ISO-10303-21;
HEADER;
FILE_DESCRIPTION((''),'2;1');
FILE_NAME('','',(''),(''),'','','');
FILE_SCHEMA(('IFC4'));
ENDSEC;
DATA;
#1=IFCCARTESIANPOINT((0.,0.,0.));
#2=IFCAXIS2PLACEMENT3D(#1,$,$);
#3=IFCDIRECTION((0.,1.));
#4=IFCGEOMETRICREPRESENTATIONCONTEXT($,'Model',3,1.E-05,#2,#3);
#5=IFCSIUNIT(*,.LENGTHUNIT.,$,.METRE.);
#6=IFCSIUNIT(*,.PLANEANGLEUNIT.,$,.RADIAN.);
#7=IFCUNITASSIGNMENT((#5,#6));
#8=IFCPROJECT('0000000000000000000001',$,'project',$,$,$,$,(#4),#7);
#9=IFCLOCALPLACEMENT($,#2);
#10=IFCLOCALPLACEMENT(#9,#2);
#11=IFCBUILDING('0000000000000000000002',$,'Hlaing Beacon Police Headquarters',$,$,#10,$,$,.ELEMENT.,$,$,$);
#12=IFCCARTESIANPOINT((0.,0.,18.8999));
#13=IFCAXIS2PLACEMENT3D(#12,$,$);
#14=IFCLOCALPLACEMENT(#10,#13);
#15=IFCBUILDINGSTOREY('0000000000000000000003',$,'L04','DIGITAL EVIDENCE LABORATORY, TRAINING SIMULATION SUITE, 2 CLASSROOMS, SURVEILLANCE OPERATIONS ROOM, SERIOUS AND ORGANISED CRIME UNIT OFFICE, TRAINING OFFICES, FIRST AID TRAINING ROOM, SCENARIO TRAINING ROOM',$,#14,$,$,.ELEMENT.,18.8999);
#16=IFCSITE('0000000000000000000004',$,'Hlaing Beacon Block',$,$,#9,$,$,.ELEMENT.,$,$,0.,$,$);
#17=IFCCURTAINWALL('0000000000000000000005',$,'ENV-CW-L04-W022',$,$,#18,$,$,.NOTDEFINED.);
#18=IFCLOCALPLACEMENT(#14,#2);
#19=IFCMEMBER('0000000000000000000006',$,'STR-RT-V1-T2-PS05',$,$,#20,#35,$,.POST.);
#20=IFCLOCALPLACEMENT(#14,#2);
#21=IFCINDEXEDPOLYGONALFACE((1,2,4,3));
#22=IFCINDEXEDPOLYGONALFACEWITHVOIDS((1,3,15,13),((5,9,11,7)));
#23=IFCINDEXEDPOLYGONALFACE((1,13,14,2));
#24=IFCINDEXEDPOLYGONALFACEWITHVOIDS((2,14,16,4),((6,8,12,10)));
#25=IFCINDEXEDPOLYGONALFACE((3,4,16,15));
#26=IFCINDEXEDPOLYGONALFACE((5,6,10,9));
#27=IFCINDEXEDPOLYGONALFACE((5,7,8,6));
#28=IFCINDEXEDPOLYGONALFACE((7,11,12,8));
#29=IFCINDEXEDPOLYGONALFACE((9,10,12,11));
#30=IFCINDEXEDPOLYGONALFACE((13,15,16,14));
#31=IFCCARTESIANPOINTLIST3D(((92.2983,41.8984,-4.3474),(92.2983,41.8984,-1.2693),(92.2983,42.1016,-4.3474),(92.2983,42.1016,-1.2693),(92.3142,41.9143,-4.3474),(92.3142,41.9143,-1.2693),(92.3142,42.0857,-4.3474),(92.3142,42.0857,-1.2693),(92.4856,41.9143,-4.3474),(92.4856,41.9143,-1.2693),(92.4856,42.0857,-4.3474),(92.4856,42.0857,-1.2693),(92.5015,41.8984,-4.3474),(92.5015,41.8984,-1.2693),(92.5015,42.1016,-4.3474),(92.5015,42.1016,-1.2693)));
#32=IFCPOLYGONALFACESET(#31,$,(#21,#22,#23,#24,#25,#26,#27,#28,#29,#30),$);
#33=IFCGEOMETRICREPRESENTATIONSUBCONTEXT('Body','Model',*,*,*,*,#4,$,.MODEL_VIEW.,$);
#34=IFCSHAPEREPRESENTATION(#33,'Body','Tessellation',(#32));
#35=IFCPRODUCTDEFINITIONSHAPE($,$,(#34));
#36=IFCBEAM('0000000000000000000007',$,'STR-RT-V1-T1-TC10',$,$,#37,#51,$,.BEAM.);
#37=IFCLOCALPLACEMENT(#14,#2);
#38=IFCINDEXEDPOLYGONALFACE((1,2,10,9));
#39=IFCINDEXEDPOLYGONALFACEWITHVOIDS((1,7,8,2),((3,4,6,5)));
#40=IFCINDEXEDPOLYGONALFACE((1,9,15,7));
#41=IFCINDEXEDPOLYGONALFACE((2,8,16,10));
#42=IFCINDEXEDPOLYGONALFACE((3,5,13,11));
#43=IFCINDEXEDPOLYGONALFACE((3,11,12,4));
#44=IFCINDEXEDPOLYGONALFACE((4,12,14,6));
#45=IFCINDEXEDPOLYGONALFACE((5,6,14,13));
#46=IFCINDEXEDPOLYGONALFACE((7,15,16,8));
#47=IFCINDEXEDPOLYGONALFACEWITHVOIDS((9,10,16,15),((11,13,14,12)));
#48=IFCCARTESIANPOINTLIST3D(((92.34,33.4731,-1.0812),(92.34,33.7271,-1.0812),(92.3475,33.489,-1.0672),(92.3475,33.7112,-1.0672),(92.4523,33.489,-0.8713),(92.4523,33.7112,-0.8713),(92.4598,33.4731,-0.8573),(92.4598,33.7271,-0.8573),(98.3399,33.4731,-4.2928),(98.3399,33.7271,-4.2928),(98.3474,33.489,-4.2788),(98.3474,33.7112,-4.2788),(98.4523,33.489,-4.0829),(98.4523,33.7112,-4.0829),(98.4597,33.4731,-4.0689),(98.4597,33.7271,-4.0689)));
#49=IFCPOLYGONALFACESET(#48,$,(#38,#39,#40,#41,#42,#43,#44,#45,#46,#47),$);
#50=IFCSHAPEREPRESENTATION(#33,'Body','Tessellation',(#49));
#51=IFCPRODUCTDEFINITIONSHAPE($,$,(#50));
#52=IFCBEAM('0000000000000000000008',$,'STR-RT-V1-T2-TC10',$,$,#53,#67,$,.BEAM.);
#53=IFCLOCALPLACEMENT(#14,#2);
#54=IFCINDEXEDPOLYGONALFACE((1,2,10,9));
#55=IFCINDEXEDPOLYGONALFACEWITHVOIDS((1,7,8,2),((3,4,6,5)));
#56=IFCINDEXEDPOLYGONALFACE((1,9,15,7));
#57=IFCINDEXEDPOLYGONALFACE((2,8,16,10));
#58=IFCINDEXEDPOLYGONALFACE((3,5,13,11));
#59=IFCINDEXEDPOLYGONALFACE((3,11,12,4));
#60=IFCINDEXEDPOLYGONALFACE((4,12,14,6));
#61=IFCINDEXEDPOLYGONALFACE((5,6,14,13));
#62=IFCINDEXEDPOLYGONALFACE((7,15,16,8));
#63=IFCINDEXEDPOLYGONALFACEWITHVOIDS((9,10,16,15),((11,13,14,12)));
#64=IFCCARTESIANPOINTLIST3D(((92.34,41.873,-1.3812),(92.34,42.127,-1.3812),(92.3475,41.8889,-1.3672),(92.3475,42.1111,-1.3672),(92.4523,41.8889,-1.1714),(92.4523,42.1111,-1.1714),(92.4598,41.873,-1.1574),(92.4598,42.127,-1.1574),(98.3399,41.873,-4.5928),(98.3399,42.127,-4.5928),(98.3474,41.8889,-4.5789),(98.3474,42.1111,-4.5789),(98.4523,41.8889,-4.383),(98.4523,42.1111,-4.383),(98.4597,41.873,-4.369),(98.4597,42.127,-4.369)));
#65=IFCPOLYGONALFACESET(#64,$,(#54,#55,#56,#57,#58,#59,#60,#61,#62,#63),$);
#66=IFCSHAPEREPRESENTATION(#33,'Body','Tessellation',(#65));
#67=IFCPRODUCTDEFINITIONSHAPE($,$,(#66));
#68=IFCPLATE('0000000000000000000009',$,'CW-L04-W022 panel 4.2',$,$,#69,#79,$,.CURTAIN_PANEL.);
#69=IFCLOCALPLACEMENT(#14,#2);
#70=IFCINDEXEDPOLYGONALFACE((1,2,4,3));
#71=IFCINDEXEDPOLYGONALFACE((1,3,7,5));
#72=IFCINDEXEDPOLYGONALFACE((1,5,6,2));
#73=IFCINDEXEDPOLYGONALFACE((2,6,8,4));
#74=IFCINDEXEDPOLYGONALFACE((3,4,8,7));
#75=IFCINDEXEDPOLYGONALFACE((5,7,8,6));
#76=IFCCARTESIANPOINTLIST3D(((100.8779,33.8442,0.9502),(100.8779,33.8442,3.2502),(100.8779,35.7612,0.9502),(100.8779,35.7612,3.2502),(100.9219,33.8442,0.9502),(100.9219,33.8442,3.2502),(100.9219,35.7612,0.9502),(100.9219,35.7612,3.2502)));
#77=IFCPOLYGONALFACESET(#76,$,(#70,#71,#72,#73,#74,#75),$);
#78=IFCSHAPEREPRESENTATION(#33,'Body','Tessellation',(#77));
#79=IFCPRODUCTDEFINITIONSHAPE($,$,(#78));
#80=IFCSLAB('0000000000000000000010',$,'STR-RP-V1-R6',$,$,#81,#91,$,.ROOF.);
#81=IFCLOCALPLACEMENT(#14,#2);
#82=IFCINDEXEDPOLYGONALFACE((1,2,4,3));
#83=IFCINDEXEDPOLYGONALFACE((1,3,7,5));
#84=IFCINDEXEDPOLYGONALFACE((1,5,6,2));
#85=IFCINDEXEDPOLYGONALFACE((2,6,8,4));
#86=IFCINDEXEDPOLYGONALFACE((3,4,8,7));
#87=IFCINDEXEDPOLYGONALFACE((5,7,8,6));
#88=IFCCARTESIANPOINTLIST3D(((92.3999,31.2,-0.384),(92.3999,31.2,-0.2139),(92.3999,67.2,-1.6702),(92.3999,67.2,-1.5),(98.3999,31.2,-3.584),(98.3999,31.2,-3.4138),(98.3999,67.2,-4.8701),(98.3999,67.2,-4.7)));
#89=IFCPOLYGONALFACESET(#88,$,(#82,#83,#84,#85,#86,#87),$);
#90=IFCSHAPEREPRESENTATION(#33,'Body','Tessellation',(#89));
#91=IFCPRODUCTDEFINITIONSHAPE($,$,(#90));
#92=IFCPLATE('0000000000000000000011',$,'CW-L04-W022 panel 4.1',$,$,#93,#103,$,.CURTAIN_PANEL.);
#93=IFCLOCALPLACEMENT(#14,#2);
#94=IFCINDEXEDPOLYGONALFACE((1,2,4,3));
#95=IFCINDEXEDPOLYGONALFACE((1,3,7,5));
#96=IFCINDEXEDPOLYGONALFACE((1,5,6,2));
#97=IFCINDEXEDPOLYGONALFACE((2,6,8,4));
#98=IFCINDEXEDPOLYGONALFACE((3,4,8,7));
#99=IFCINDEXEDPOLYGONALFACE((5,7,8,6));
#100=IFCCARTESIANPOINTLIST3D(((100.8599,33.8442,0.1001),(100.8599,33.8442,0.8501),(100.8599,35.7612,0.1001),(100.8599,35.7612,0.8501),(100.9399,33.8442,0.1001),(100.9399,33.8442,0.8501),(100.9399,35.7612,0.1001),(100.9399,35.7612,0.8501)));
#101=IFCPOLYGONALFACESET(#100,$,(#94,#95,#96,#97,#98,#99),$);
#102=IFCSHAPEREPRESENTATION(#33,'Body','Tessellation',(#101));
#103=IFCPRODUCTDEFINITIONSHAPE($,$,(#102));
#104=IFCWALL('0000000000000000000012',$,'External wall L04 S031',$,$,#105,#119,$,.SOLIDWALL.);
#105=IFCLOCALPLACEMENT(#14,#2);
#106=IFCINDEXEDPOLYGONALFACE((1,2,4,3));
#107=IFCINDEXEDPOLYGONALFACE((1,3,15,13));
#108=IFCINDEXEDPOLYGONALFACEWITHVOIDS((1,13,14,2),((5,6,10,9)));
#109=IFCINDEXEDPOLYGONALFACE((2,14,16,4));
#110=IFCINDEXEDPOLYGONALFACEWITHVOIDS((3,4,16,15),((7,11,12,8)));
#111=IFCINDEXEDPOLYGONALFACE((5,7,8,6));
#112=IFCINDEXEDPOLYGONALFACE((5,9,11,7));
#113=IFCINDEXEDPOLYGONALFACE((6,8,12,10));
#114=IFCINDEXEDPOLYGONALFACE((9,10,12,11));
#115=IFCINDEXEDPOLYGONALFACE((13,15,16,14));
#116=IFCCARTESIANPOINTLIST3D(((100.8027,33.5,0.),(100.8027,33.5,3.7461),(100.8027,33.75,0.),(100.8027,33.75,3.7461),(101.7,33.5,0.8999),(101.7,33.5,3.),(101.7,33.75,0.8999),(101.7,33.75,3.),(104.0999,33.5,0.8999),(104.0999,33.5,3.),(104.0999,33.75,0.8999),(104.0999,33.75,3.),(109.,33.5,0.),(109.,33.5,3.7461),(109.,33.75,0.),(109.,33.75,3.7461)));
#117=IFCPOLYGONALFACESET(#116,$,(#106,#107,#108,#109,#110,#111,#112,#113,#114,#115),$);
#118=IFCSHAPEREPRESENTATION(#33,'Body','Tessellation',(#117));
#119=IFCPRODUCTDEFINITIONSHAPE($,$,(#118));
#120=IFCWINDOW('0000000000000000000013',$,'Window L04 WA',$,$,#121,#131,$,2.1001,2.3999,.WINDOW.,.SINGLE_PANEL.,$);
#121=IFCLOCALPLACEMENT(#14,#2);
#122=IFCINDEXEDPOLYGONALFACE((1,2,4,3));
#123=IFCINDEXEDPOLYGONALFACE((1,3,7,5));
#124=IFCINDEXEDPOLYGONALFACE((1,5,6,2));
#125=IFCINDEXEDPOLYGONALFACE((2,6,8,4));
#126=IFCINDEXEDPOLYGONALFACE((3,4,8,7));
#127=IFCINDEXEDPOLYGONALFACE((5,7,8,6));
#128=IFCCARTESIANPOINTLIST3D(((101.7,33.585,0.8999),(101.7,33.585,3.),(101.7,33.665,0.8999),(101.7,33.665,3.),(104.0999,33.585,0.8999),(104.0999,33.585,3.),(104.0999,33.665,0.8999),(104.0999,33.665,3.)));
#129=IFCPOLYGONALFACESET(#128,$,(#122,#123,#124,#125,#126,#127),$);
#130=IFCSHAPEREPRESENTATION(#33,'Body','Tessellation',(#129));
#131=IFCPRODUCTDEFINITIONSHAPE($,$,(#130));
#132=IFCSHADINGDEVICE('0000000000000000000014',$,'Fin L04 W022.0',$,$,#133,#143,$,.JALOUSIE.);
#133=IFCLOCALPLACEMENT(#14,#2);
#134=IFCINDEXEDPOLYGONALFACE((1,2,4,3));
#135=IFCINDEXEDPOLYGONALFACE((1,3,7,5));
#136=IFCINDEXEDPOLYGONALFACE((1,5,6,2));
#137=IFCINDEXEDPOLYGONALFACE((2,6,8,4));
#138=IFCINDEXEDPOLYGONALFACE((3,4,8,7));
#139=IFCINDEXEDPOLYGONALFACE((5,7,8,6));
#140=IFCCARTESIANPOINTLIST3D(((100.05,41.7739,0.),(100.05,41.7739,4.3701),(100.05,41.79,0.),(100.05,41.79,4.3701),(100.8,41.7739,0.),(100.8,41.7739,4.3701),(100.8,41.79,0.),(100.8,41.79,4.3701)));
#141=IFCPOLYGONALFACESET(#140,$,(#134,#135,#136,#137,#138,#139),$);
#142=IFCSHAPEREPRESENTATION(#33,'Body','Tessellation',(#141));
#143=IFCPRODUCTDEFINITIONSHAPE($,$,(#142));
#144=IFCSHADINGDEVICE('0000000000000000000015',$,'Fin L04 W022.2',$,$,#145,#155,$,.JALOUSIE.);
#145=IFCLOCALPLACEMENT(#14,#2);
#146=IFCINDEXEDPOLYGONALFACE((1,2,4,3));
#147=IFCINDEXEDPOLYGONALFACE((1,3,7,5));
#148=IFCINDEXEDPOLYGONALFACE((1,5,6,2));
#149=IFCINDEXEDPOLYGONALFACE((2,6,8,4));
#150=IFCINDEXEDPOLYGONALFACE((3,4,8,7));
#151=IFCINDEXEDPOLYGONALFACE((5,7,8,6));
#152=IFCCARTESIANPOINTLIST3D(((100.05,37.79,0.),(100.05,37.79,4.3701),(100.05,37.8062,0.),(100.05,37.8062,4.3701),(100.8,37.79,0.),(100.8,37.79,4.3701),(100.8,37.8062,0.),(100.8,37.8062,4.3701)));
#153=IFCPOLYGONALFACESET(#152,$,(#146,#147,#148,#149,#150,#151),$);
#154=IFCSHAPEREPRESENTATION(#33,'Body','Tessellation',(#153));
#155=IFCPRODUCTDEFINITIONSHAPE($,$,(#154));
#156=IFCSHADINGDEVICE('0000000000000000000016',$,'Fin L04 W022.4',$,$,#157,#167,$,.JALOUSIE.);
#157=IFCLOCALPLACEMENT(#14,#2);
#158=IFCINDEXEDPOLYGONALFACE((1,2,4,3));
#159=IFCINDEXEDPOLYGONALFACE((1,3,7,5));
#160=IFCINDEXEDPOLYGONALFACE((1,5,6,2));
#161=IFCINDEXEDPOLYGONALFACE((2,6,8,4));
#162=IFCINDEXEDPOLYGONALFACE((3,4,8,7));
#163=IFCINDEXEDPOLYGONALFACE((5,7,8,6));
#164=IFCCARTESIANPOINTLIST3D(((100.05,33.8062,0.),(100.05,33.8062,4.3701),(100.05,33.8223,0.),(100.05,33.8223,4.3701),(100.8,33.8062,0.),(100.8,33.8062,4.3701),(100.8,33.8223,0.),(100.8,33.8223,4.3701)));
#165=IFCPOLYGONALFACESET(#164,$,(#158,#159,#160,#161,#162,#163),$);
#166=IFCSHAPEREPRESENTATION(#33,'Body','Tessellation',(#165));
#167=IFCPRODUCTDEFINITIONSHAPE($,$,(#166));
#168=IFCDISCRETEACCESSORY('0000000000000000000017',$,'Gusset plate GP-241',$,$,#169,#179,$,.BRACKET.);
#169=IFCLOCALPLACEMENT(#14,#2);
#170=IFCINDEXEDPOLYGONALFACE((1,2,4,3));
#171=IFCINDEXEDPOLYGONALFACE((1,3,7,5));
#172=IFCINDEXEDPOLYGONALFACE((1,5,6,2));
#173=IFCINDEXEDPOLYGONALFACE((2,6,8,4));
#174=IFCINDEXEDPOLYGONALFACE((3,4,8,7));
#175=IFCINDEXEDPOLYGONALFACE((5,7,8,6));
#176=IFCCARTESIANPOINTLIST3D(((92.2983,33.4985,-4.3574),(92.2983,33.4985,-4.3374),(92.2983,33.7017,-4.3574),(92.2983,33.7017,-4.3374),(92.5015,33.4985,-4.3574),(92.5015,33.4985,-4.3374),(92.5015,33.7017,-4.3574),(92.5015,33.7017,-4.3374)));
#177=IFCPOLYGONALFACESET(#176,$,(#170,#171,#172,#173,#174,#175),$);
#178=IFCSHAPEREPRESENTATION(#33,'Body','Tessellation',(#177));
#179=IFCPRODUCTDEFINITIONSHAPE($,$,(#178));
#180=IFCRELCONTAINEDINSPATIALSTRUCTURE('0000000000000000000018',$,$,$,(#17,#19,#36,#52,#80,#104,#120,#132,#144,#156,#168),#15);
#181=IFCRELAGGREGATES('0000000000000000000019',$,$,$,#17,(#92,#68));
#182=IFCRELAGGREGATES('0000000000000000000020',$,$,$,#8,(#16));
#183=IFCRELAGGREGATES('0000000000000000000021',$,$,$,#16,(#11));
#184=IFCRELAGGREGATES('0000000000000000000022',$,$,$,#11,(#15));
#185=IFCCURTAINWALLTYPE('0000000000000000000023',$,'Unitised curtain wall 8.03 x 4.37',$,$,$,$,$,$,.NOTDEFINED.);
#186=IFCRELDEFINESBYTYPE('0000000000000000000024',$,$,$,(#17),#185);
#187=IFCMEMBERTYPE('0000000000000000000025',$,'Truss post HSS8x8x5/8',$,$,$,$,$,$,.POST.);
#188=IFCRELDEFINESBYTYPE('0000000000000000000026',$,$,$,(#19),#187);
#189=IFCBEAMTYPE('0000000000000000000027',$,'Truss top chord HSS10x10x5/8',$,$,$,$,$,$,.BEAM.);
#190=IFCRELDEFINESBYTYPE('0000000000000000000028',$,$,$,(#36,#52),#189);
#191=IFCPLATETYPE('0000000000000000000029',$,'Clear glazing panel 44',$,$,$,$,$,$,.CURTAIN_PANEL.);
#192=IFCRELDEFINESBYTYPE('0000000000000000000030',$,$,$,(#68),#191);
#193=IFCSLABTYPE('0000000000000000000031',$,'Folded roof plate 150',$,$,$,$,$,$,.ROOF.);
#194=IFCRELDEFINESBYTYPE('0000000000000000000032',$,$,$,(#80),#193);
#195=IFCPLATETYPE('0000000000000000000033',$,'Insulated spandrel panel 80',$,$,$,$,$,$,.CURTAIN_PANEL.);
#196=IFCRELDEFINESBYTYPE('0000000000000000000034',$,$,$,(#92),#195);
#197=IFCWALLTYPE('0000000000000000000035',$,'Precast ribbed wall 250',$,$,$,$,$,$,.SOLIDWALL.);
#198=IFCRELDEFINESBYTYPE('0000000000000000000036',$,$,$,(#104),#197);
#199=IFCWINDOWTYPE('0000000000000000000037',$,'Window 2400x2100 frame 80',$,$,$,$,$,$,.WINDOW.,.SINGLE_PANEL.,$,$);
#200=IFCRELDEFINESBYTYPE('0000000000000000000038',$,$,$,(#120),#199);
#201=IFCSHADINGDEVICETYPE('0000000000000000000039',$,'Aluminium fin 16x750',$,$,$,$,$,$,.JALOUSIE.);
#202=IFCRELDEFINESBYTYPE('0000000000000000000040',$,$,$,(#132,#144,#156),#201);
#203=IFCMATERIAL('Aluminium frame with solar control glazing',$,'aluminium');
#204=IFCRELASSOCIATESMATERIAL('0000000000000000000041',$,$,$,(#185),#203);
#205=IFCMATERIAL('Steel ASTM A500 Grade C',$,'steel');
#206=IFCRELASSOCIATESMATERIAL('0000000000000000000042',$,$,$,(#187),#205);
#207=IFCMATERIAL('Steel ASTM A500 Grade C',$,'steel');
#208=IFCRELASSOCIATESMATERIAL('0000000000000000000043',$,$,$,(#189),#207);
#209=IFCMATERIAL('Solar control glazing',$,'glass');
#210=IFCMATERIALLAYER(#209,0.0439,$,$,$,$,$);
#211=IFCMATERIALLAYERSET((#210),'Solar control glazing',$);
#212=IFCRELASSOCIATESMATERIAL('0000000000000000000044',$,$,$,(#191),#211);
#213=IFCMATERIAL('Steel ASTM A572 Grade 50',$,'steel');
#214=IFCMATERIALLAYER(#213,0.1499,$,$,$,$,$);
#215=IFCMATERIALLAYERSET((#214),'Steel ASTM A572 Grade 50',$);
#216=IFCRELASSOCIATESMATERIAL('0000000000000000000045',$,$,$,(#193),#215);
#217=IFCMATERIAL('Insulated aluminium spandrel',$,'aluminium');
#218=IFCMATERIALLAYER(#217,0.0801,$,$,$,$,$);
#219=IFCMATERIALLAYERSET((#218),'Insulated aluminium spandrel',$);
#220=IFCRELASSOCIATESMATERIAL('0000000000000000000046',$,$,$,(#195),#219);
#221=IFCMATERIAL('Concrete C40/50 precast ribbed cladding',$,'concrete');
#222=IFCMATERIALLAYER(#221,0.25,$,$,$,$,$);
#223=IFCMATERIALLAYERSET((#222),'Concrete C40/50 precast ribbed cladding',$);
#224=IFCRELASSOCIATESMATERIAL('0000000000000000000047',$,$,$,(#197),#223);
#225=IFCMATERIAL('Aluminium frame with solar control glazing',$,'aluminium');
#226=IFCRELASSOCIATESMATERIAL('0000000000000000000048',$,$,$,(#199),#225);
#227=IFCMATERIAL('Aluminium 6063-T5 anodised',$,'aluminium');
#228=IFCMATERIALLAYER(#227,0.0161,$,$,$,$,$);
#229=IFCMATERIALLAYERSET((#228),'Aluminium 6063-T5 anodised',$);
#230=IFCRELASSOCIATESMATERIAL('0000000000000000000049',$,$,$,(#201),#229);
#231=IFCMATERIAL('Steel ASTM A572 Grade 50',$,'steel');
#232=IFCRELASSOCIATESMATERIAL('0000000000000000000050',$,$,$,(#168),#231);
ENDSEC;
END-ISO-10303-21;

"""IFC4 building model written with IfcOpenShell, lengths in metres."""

from ifc_helpers import new_model, si_unit, direction, frame, frame_2d, origin, origin_2d, place, context, subcontext, project, spatial, polyline, rectangle, hollow_rectangle, outline, extrude, material, layer, layer_set, material_profile, profile_set, type_object, element, fill, aggregate, save


model = new_model("IFC4")

# Units and contexts
model_context = context("Model", 3, precision=1e-05, world=origin(), true_north=direction((0.0, 1.0)))
body_context = subcontext(model_context, "Body", "Model", "MODEL_VIEW")
ifc_project = project(units=[si_unit("LENGTHUNIT", "METRE"), si_unit("PLANEANGLEUNIT", "RADIAN")], contexts=[model_context])

# Site, building, storey
site_placement = place(None, origin())
site = spatial("IfcSite", under=ifc_project, at=site_placement, Name="Hlaing Beacon Block", CompositionType="ELEMENT", RefElevation=0.0)
building_placement = place(site_placement, origin())
building = spatial("IfcBuilding", under=site, at=building_placement, Name="Hlaing Beacon Police Headquarters", CompositionType="ELEMENT")
storey_placement = place(building_placement, frame((0.0, 0.0, 18.8999)))
storey = spatial("IfcBuildingStorey", under=building, at=storey_placement, Name="L04", Description="DIGITAL EVIDENCE LABORATORY, TRAINING SIMULATION SUITE, 2 CLASSROOMS, SURVEILLANCE OPERATIONS ROOM, SERIOUS AND ORGANISED CRIME UNIT OFFICE, TRAINING OFFICES, FIRST AID TRAINING ROOM, SCENARIO TRAINING ROOM", CompositionType="ELEMENT", Elevation=18.8999)

# Curtain wall
ifc_material_1 = material(Name="Aluminium frame with solar control glazing", Category="aluminium")
curtain_wall_type = type_object("IfcCurtainWallType", Name="Unitised curtain wall 8.03 x 4.37", PredefinedType="NOTDEFINED", material=ifc_material_1)
curtain_wall_placement = place(storey_placement, origin())
curtain_wall = element("IfcCurtainWall", 1, at=curtain_wall_placement, inside=storey, type_object=curtain_wall_type, Name="ENV-CW-L04-W022", PredefinedType="NOTDEFINED")

# Member
ifc_material_2 = material(Name="Steel ASTM A500 Grade C", Category="steel")
ifc_material_profile_1 = material_profile(ifc_material_2, hollow_rectangle(XDim=0.2031, YDim=0.2031, WallThickness=0.0159, at=origin_2d()), Name="HSS8x8x5/8")
ifc_profile_set_1 = profile_set([ifc_material_profile_1], Name="Steel ASTM A500 Grade C")
member_type_1 = type_object("IfcMemberType", Name="Truss post HSS8x8x5/8", PredefinedType="POST", material=ifc_profile_set_1)
member_1_placement = place(storey_placement, frame((92.3999, 42.0, -4.3474), z_axis=(0.0, 0.0, 1.0), x_axis=(1.0, 0.0, 0.0)))
element("IfcMember", 2, at=member_1_placement, inside=storey, type_object=member_type_1, Name="STR-RT-V1-T2-PS05", PredefinedType="POST", context=body_context, shape_type="SweptSolid", body=[
    extrude(hollow_rectangle(XDim=0.2031, YDim=0.2031, WallThickness=0.0159, at=origin_2d()), origin(), (0.0, 0.0, 1.0), 3.0781),
])

# Beams
ifc_material_3 = material(Name="Steel ASTM A500 Grade C", Category="steel")
ifc_material_profile_2 = material_profile(ifc_material_3, hollow_rectangle(XDim=0.2539, YDim=0.2539, WallThickness=0.0159, at=origin_2d()), Name="HSS10x10x5/8")
ifc_profile_set_2 = profile_set([ifc_material_profile_2], Name="Steel ASTM A500 Grade C")
beam_type_1 = type_object("IfcBeamType", Name="Truss top chord HSS10x10x5/8", PredefinedType="BEAM", material=ifc_profile_set_2)
for number, where, z_axis, x_axis, name in (
    (3, (92.3999, 33.6001, -0.9692), (0.88164, 0.0, -0.471923), (0.0, 1.0, 0.0), "STR-RT-V1-T1-TC10"),
    (4, (92.3999, 42.0, -1.2693), (0.88164, 0.0, -0.471923), (0.0, 1.0, 0.0), "STR-RT-V1-T2-TC10"),
):
    element("IfcBeam", number, at=place(storey_placement, frame(where, z_axis=z_axis, x_axis=x_axis)), inside=storey, type_object=beam_type_1, Name=name, PredefinedType="BEAM", context=body_context, shape_type="SweptSolid", body=[
        extrude(hollow_rectangle(XDim=0.2539, YDim=0.2539, WallThickness=0.0159, at=origin_2d()), origin(), (0.0, 0.0, 1.0), 6.8054),
    ])

# Plate
ifc_material_4 = material(Name="Solar control glazing", Category="glass")
ifc_layer_1 = layer(ifc_material_4, 0.0439)
ifc_layer_set_1 = layer_set([ifc_layer_1], Name="Solar control glazing")
plate_type_1 = type_object("IfcPlateType", Name="Clear glazing panel 44", PredefinedType="CURTAIN_PANEL", material=ifc_layer_set_1)
plate_1_placement = place(storey_placement, frame((100.8999, 34.8027, 0.9502), z_axis=(0.0, 0.0, 1.0), x_axis=(0.0, -1.0, 0.0)))
plate_1 = element("IfcPlate", 5, at=plate_1_placement, type_object=plate_type_1, Name="CW-L04-W022 panel 4.2", PredefinedType="CURTAIN_PANEL", context=body_context, shape_type="SweptSolid", body=[
    extrude(rectangle(XDim=1.917, YDim=0.0439, at=origin_2d()), origin(), (0.0, 0.0, 1.0), 2.3),
])

# Slab
ifc_material_5 = material(Name="Steel ASTM A572 Grade 50", Category="steel")
ifc_layer_2 = layer(ifc_material_5, 0.1499)
ifc_layer_set_2 = layer_set([ifc_layer_2], Name="Steel ASTM A572 Grade 50")
slab_type = type_object("IfcSlabType", Name="Folded roof plate 150", PredefinedType="ROOF", material=ifc_layer_set_2)
slab_placement = place(storey_placement, frame((92.3999, 31.2, -0.2139), z_axis=(0.470349, 0.031507, 0.881918), x_axis=(0.882356, 0.0, -0.470583)))
element("IfcSlab", 6, at=slab_placement, inside=storey, type_object=slab_type, Name="STR-RP-V1-R6", PredefinedType="ROOF", context=body_context, shape_type="SweptSolid", body=[
    extrude(outline(polyline([(0.0, 0.0), (6.8, 0.0), (7.4052, 36.0179), (0.6052, 36.0179), (0.0, 0.0)])), origin(), (0.470583, 0.027801, -0.881918), 0.1702),
])

# Plate
ifc_material_6 = material(Name="Insulated aluminium spandrel", Category="aluminium")
ifc_layer_3 = layer(ifc_material_6, 0.0801)
ifc_layer_set_3 = layer_set([ifc_layer_3], Name="Insulated aluminium spandrel")
plate_type_2 = type_object("IfcPlateType", Name="Insulated spandrel panel 80", PredefinedType="CURTAIN_PANEL", material=ifc_layer_set_3)
plate_2_placement = place(storey_placement, frame((100.8999, 34.8027, 0.1001), z_axis=(0.0, 0.0, 1.0), x_axis=(0.0, -1.0, 0.0)))
plate_2 = element("IfcPlate", 7, at=plate_2_placement, type_object=plate_type_2, Name="CW-L04-W022 panel 4.1", PredefinedType="CURTAIN_PANEL", context=body_context, shape_type="SweptSolid", body=[
    extrude(rectangle(XDim=1.917, YDim=0.0801, at=origin_2d()), origin(), (0.0, 0.0, 1.0), 0.75),
])
aggregate(curtain_wall, [plate_2, plate_1])

# Wall, opening, window
ifc_material_7 = material(Name="Concrete C40/50 precast ribbed cladding", Category="concrete")
ifc_layer_4 = layer(ifc_material_7, 0.25)
ifc_layer_set_4 = layer_set([ifc_layer_4], Name="Concrete C40/50 precast ribbed cladding")
wall_type = type_object("IfcWallType", Name="Precast ribbed wall 250", PredefinedType="SOLIDWALL", material=ifc_layer_set_4)
wall_placement = place(storey_placement, frame((100.8027, 33.625, 0.0), z_axis=(0.0, 0.0, 1.0), x_axis=(1.0, 0.0, 0.0)))
wall = element("IfcWall", 8, at=wall_placement, inside=storey, type_object=wall_type, Name="External wall L04 S031", PredefinedType="SOLIDWALL", context=body_context, shape_type="SweptSolid", body=[
    extrude(rectangle(XDim=8.1973, YDim=0.25, at=frame_2d((4.0986, 0.0))), origin(), (0.0, 0.0, 1.0), 3.7461),
])
opening_placement = place(wall_placement, frame((0.8972, 0.0, 0.8999)))
opening = element("IfcOpeningElement", 9, at=opening_placement, cuts=wall, PredefinedType="OPENING", context=body_context, shape_type="SweptSolid", body=[
    extrude(rectangle(XDim=2.3999, YDim=2.1001, at=frame_2d((1.2, 1.05))), frame((0.0, 0.135, 0.0), z_axis=(0.0, -1.0, 0.0), x_axis=(1.0, 0.0, 0.0)), (0.0, 0.0, 1.0), 0.27),
])
ifc_material_8 = material(Name="Aluminium frame with solar control glazing", Category="aluminium")
window_type = type_object("IfcWindowType", Name="Window 2400x2100 frame 80", PartitioningType="SINGLE_PANEL", PredefinedType="WINDOW", material=ifc_material_8)
window_placement = place(opening_placement, origin())
window = element("IfcWindow", 10, at=window_placement, inside=storey, type_object=window_type, Name="Window L04 WA", OverallHeight=2.1001, OverallWidth=2.3999, PartitioningType="SINGLE_PANEL", PredefinedType="WINDOW", context=body_context, shape_type="SweptSolid", body=[
    extrude(rectangle(XDim=2.3999, YDim=2.1001, at=frame_2d((1.2, 1.05))), frame((0.0, 0.04, 0.0), z_axis=(0.0, -1.0, 0.0), x_axis=(1.0, 0.0, 0.0)), (0.0, 0.0, 1.0), 0.0801),
])
fill(opening, window)

# Shading devices
ifc_material_9 = material(Name="Aluminium 6063-T5 anodised", Category="aluminium")
ifc_layer_5 = layer(ifc_material_9, 0.0161)
ifc_layer_set_5 = layer_set([ifc_layer_5], Name="Aluminium 6063-T5 anodised")
shading_device_type = type_object("IfcShadingDeviceType", Name="Aluminium fin 16x750", PredefinedType="JALOUSIE", material=ifc_layer_set_5)
for number, where, z_axis, x_axis, name in (
    (11, (100.425, 41.782, 0.0), (0.0, 0.0, 1.0), (0.0, -1.0, 0.0), "Fin L04 W022.0"),
    (12, (100.425, 37.7981, 0.0), (0.0, 0.0, 1.0), (0.0, -1.0, 0.0), "Fin L04 W022.2"),
    (13, (100.425, 33.8142, 0.0), (0.0, 0.0, 1.0), (0.0, -1.0, 0.0), "Fin L04 W022.4"),
):
    element("IfcShadingDevice", number, at=place(storey_placement, frame(where, z_axis=z_axis, x_axis=x_axis)), inside=storey, type_object=shading_device_type, Name=name, PredefinedType="JALOUSIE", context=body_context, shape_type="SweptSolid", body=[
        extrude(rectangle(XDim=0.0161, YDim=0.75, at=origin_2d()), origin(), (0.0, 0.0, 1.0), 4.3701),
    ])

# Discrete accessory
ifc_material_10 = material(Name="Steel ASTM A572 Grade 50", Category="steel")
for number, where, z_axis, x_axis, name in (
    (14, (92.3999, 33.6001, -4.3374), (0.0, 0.0, -1.0), (1.0, 0.0, 0.0), "Gusset plate GP-241"),
):
    element("IfcDiscreteAccessory", number, at=place(storey_placement, frame(where, z_axis=z_axis, x_axis=x_axis)), inside=storey, material=ifc_material_10, Name=name, PredefinedType="BRACKET", context=body_context, shape_type="SweptSolid", body=[
        extrude(rectangle(XDim=0.2031, YDim=0.2031, at=origin_2d()), origin(), (0.0, 0.0, 1.0), 0.02),
    ])

save(model, "model.ifc")
